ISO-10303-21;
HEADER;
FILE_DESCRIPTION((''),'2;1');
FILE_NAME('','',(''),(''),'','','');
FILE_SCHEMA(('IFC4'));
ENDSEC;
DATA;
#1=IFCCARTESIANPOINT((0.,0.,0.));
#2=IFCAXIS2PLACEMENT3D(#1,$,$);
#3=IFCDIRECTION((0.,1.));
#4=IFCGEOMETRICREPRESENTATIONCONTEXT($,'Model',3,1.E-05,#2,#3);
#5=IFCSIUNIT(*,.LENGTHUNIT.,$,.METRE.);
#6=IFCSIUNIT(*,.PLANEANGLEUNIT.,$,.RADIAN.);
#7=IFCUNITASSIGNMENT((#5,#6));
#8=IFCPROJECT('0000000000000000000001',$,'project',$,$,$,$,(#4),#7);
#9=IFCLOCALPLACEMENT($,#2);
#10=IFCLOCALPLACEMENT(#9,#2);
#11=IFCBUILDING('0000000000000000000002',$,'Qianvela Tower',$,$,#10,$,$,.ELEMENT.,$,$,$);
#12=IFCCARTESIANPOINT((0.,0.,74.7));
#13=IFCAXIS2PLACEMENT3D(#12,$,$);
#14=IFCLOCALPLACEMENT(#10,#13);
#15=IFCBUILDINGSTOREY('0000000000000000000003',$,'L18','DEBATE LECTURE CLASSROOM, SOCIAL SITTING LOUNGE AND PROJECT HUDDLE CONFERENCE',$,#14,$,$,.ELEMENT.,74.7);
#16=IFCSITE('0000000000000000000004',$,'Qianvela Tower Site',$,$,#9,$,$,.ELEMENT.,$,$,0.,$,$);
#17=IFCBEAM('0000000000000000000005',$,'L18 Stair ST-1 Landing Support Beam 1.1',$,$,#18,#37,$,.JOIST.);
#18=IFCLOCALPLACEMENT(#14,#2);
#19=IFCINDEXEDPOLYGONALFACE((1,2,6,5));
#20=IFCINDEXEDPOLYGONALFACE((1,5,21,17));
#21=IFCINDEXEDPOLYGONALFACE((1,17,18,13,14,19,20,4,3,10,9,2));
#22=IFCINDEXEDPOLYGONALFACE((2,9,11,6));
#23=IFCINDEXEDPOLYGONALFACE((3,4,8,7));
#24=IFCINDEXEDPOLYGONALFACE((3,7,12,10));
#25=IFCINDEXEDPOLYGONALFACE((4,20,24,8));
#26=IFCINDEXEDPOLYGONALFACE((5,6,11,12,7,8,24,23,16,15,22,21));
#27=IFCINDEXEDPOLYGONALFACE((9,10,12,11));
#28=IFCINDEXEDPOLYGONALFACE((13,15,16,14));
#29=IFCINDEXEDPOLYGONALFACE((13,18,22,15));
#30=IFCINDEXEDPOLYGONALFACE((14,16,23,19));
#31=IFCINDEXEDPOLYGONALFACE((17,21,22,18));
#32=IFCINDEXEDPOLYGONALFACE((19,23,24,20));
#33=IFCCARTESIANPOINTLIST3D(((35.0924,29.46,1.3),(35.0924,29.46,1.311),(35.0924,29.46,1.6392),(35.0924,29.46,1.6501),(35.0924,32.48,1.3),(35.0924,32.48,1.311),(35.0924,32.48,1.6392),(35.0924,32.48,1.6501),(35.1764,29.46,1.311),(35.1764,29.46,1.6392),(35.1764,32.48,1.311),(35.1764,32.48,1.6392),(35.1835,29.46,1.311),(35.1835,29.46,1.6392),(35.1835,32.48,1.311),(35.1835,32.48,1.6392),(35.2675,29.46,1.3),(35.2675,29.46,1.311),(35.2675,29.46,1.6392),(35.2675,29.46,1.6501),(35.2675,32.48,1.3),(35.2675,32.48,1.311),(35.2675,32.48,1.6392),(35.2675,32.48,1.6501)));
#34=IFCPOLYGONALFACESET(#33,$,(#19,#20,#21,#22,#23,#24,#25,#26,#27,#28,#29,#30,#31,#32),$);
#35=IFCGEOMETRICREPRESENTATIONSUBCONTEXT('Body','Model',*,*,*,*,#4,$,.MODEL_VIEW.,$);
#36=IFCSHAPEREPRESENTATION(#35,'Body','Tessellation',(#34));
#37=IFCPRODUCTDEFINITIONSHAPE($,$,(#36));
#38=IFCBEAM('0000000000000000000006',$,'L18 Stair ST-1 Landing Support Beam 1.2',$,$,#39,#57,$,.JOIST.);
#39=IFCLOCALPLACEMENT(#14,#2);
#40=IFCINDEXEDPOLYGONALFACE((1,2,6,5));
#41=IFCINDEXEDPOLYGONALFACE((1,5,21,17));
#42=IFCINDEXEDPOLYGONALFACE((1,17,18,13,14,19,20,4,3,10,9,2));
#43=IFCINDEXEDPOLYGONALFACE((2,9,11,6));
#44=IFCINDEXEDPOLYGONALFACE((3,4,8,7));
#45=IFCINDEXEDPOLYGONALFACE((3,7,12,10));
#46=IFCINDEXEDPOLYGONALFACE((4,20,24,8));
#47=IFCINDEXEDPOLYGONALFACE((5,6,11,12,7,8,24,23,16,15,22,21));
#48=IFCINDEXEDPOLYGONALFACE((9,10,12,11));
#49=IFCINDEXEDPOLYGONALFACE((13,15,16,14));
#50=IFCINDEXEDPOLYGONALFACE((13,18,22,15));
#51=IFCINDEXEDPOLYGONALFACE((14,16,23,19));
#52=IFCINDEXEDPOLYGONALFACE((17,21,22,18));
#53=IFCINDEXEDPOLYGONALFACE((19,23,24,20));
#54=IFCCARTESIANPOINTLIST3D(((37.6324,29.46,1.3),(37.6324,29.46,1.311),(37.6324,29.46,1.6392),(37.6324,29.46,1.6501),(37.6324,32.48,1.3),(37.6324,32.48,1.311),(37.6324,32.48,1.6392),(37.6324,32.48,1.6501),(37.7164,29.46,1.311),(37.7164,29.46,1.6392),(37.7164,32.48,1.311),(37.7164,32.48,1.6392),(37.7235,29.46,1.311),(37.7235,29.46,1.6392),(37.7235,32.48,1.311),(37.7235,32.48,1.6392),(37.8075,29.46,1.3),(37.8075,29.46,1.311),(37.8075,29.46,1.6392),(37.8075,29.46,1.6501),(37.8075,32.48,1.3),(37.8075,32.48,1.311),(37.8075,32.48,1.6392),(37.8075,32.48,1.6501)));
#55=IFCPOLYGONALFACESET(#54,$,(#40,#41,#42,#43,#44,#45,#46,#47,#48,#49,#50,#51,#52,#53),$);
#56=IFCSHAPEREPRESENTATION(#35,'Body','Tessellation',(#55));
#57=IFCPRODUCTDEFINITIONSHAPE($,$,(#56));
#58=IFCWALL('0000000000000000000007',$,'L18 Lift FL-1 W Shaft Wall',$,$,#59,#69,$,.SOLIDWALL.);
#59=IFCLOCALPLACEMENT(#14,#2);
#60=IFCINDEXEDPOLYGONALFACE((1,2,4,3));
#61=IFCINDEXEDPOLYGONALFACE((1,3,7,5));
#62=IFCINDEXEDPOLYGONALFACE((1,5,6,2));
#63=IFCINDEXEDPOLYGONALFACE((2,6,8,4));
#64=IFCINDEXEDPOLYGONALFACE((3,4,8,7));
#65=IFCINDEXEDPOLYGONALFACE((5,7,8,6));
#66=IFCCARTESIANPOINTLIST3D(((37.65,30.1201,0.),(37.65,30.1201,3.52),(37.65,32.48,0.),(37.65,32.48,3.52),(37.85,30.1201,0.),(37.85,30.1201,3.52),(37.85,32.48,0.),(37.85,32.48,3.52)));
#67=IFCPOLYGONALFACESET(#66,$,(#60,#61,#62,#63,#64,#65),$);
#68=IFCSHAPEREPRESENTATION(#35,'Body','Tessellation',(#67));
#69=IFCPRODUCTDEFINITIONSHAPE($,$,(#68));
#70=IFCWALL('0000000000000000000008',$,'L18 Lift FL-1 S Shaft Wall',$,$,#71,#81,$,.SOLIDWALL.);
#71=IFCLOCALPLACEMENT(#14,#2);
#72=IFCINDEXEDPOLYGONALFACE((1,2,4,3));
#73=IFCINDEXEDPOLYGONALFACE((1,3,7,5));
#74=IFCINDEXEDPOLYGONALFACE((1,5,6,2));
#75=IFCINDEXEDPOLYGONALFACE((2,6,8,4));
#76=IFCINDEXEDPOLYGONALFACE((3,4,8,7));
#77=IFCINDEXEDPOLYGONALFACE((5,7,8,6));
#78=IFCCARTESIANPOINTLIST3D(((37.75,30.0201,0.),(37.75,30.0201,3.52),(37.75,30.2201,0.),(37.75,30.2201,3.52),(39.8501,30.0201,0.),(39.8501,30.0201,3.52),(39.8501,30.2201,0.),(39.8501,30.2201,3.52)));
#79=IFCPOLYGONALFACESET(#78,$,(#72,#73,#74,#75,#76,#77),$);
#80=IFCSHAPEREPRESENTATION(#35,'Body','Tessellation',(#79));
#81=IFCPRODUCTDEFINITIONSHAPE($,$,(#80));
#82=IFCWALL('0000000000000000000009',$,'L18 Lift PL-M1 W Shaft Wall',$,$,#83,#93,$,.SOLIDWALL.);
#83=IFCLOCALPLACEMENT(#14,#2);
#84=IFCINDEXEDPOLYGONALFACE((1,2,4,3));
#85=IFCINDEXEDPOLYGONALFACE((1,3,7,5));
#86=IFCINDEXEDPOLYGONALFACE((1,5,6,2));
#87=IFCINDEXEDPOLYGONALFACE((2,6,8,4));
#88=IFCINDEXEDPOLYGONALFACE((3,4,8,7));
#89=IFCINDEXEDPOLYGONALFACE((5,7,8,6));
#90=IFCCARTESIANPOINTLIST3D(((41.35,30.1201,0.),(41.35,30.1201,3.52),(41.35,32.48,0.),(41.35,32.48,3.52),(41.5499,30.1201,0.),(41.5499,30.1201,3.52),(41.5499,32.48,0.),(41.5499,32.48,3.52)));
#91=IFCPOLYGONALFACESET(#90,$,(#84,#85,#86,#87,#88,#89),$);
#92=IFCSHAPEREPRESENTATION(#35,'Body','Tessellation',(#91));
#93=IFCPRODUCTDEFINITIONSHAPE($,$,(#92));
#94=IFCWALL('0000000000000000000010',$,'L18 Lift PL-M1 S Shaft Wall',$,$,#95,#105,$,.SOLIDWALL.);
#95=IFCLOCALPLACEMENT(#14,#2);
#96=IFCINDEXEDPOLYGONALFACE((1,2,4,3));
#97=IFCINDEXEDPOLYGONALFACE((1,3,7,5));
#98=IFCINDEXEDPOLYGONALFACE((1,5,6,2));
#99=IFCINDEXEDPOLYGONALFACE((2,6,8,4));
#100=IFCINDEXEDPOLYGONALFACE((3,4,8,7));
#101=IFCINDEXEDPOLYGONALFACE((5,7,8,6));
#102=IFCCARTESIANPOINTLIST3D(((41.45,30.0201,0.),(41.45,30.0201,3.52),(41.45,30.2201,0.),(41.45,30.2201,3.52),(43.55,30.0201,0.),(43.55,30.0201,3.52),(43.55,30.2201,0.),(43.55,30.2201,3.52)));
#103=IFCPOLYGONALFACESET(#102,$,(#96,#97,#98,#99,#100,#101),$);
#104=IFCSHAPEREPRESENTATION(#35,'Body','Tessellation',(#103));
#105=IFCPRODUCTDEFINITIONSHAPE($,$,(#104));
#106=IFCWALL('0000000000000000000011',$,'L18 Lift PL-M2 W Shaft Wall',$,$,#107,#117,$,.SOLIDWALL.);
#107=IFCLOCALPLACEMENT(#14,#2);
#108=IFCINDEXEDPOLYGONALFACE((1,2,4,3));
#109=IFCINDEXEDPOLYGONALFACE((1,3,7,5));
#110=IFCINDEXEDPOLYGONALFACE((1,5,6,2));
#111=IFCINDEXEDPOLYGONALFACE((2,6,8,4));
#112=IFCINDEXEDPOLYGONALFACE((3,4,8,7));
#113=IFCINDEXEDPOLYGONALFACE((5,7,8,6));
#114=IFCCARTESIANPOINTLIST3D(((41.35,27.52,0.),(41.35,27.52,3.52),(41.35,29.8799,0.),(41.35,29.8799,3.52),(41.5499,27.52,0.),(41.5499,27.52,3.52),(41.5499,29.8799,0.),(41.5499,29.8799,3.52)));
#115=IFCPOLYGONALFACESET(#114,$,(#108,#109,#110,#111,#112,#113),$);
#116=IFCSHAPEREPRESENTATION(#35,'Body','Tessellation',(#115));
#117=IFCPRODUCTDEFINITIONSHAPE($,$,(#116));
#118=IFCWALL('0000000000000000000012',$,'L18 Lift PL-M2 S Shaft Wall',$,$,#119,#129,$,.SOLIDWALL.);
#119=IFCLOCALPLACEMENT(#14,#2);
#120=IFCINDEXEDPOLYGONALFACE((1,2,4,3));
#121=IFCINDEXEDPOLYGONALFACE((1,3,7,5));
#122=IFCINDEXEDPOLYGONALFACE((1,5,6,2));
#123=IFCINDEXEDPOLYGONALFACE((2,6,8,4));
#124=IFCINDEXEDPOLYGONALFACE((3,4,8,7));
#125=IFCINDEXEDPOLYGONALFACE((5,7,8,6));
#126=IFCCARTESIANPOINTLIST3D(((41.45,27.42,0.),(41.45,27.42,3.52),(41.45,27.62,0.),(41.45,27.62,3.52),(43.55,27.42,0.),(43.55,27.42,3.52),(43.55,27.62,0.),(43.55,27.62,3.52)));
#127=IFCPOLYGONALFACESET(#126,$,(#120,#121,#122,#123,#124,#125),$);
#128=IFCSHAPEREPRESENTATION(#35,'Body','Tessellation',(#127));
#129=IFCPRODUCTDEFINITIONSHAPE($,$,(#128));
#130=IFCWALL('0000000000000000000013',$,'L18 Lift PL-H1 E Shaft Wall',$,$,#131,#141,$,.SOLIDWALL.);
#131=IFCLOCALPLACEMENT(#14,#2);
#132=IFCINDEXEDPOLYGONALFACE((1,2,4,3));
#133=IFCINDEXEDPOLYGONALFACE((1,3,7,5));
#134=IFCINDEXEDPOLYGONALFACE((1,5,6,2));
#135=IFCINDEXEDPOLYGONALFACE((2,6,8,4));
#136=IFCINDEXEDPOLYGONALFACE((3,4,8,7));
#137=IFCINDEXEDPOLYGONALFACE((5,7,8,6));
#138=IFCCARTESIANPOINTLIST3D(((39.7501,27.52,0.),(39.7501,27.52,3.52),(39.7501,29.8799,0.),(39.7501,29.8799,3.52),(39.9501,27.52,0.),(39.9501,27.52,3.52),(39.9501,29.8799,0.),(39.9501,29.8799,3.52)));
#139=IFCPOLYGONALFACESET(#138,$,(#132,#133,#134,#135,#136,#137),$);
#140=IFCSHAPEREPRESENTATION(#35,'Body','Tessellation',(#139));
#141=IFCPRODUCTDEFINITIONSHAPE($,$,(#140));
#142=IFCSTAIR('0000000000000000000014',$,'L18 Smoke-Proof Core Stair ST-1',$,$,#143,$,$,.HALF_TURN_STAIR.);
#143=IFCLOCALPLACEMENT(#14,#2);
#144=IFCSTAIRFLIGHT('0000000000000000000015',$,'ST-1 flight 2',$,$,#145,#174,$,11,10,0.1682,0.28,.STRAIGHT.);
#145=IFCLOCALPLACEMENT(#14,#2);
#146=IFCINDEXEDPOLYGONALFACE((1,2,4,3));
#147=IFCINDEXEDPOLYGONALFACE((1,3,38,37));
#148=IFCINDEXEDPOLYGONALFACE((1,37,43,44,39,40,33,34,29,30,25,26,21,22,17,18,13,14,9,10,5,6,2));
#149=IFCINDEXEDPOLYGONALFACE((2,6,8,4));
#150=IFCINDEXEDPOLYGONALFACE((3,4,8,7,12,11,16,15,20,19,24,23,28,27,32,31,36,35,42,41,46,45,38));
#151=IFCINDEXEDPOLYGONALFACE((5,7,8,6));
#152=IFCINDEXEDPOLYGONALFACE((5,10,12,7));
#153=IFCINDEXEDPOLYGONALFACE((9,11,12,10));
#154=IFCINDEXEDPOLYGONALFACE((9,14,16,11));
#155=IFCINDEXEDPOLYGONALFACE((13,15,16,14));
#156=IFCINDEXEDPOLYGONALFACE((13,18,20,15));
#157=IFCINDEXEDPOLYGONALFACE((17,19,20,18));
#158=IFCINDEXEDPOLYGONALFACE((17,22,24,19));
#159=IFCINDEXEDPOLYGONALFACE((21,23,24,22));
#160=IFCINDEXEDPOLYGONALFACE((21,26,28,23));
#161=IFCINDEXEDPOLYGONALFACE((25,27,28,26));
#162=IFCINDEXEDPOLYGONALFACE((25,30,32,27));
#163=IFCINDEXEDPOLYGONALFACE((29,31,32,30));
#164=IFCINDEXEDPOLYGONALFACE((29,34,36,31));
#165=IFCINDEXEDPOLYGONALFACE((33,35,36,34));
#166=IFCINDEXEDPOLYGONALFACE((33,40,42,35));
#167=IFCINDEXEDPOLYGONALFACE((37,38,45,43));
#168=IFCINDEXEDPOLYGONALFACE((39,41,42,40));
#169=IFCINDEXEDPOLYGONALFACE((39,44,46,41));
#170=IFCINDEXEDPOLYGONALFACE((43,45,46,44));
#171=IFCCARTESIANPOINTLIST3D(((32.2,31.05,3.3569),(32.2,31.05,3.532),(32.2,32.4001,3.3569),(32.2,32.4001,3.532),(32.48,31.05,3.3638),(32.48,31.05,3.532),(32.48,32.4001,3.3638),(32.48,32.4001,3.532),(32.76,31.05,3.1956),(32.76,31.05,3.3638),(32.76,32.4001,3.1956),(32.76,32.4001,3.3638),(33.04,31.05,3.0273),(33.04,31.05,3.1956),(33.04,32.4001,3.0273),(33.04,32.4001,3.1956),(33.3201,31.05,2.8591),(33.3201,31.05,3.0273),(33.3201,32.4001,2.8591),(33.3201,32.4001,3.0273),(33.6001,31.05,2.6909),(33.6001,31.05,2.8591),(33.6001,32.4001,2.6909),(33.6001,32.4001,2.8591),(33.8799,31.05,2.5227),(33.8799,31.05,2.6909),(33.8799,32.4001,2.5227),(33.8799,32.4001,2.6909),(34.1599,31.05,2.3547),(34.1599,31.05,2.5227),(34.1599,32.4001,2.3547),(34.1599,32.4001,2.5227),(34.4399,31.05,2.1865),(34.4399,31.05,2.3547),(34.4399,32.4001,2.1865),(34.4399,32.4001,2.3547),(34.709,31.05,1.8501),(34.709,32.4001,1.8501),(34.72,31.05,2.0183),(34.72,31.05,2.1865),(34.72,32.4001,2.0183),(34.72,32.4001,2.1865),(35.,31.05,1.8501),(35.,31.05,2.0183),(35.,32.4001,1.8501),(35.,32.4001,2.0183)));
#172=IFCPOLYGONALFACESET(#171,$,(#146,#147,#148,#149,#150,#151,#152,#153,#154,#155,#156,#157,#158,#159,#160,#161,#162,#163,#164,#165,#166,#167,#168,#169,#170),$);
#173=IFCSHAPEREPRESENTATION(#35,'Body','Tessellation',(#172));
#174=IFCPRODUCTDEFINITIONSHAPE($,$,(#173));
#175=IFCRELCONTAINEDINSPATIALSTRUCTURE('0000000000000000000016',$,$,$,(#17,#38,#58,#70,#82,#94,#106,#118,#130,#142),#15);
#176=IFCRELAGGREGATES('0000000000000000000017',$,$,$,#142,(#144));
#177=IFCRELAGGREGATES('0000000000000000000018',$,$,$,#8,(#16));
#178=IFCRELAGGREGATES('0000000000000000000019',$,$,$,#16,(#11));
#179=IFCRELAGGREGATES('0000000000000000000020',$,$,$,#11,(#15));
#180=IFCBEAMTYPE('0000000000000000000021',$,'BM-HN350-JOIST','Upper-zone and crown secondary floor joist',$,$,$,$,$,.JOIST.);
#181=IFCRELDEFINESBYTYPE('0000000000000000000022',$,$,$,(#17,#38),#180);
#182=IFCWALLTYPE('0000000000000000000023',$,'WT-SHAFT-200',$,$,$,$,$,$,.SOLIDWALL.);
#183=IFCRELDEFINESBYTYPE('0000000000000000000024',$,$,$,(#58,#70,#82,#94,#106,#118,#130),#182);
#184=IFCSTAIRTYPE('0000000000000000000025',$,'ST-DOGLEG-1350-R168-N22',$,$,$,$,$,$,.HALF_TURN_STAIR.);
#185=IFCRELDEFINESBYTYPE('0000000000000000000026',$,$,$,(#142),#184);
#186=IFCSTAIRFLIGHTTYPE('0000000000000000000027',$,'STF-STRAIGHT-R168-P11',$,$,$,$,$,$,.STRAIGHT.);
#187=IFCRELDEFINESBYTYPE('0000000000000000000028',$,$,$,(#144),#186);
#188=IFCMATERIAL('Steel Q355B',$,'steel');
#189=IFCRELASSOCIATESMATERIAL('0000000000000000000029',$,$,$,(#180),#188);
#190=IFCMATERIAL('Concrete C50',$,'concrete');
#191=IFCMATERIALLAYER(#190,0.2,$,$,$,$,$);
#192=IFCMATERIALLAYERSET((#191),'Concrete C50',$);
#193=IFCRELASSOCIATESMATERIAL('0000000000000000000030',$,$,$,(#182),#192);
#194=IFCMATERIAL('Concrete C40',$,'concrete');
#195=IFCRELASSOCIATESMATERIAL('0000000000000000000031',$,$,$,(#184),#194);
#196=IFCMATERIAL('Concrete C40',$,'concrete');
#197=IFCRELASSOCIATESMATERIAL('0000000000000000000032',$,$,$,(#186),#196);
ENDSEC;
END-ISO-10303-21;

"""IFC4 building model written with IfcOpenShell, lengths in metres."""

from ifc_helpers import new_model, si_unit, direction, frame, frame_2d, origin, origin_2d, place, context, subcontext, project, spatial, polyline, rectangle, i_section, outline, extrude, material, layer, layer_set, material_profile, profile_set, type_object, element, aggregate, save


model = new_model("IFC4")

# Units and contexts
model_context = context("Model", 3, precision=1e-05, world=origin(), true_north=direction((0.0, 1.0)))
body_context = subcontext(model_context, "Body", "Model", "MODEL_VIEW")
ifc_project = project(units=[si_unit("LENGTHUNIT", "METRE"), si_unit("PLANEANGLEUNIT", "RADIAN")], contexts=[model_context])

# Site, building, storey
site_placement = place(None, origin())
site = spatial("IfcSite", under=ifc_project, at=site_placement, Name="Qianvela Tower Site", CompositionType="ELEMENT", RefElevation=0.0)
building_placement = place(site_placement, origin())
building = spatial("IfcBuilding", under=site, at=building_placement, Name="Qianvela Tower", CompositionType="ELEMENT")
storey_placement = place(building_placement, frame((0.0, 0.0, 74.7)))
storey = spatial("IfcBuildingStorey", under=building, at=storey_placement, Name="L18", Description="DEBATE LECTURE CLASSROOM, SOCIAL SITTING LOUNGE AND PROJECT HUDDLE CONFERENCE", CompositionType="ELEMENT", Elevation=74.7)

# Beams
ifc_material_1 = material(Name="Steel Q355B", Category="steel")
ifc_material_profile = material_profile(ifc_material_1, i_section(OverallWidth=0.175, OverallDepth=0.3501, WebThickness=0.0071, FlangeThickness=0.011, at=origin_2d()), Name="HN350x175x7x11")
ifc_profile_set = profile_set([ifc_material_profile], Name="Steel Q355B")
beam_type = type_object("IfcBeamType", Name="BM-HN350-JOIST", Description="Upper-zone and crown secondary floor joist", PredefinedType="JOIST", material=ifc_profile_set)
for number, where, z_axis, x_axis, name in (
    (1, (35.1799, 29.46, 1.4751), (0.0, 1.0, 0.0), (-1.0, 0.0, 0.0), "L18 Stair ST-1 Landing Support Beam 1.1"),
    (2, (37.72, 29.46, 1.4751), (0.0, 1.0, 0.0), (-1.0, 0.0, 0.0), "L18 Stair ST-1 Landing Support Beam 1.2"),
):
    element("IfcBeam", number, at=place(storey_placement, frame(where, z_axis=z_axis, x_axis=x_axis)), inside=storey, type_object=beam_type, Name=name, PredefinedType="JOIST", context=body_context, shape_type="SweptSolid", body=[
        extrude(i_section(OverallWidth=0.175, OverallDepth=0.3501, WebThickness=0.0071, FlangeThickness=0.011, at=origin_2d()), origin(), (0.0, 0.0, 1.0), 3.02),
    ])

# Shared definitions
ifc_material_2 = material(Name="Concrete C50", Category="concrete")
ifc_layer = layer(ifc_material_2, 0.2)
ifc_layer_set = layer_set([ifc_layer], Name="Concrete C50")
wall_type = type_object("IfcWallType", Name="WT-SHAFT-200", PredefinedType="SOLIDWALL", material=ifc_layer_set)

# Walls
wall_1_placement = place(storey_placement, frame((37.75, 30.1201, 0.0), z_axis=(0.0, 0.0, 1.0), x_axis=(0.0, 1.0, 0.0)))
element("IfcWall", 3, at=wall_1_placement, inside=storey, type_object=wall_type, Name="L18 Lift FL-1 W Shaft Wall", PredefinedType="SOLIDWALL", context=body_context, shape_type="SweptSolid", body=[
    extrude(rectangle(XDim=2.3599, YDim=0.2, at=frame_2d((1.1799, 0.0))), origin(), (0.0, 0.0, 1.0), 3.52),
])
wall_2_placement = place(storey_placement, frame((37.75, 30.1201, 0.0), z_axis=(0.0, 0.0, 1.0), x_axis=(1.0, 0.0, 0.0)))
element("IfcWall", 4, at=wall_2_placement, inside=storey, type_object=wall_type, Name="L18 Lift FL-1 S Shaft Wall", PredefinedType="SOLIDWALL", context=body_context, shape_type="SweptSolid", body=[
    extrude(rectangle(XDim=2.1001, YDim=0.2, at=frame_2d((1.05, 0.0))), origin(), (0.0, 0.0, 1.0), 3.52),
])
wall_3_placement = place(storey_placement, frame((41.45, 30.1201, 0.0), z_axis=(0.0, 0.0, 1.0), x_axis=(0.0, 1.0, 0.0)))
element("IfcWall", 5, at=wall_3_placement, inside=storey, type_object=wall_type, Name="L18 Lift PL-M1 W Shaft Wall", PredefinedType="SOLIDWALL", context=body_context, shape_type="SweptSolid", body=[
    extrude(rectangle(XDim=2.3599, YDim=0.2, at=frame_2d((1.1799, 0.0))), origin(), (0.0, 0.0, 1.0), 3.52),
])
wall_4_placement = place(storey_placement, frame((41.45, 30.1201, 0.0), z_axis=(0.0, 0.0, 1.0), x_axis=(1.0, 0.0, 0.0)))
element("IfcWall", 6, at=wall_4_placement, inside=storey, type_object=wall_type, Name="L18 Lift PL-M1 S Shaft Wall", PredefinedType="SOLIDWALL", context=body_context, shape_type="SweptSolid", body=[
    extrude(rectangle(XDim=2.1001, YDim=0.2, at=frame_2d((1.05, 0.0))), origin(), (0.0, 0.0, 1.0), 3.52),
])
wall_5_placement = place(storey_placement, frame((41.45, 27.52, 0.0), z_axis=(0.0, 0.0, 1.0), x_axis=(0.0, 1.0, 0.0)))
element("IfcWall", 7, at=wall_5_placement, inside=storey, type_object=wall_type, Name="L18 Lift PL-M2 W Shaft Wall", PredefinedType="SOLIDWALL", context=body_context, shape_type="SweptSolid", body=[
    extrude(rectangle(XDim=2.3599, YDim=0.2, at=frame_2d((1.1799, 0.0))), origin(), (0.0, 0.0, 1.0), 3.52),
])
wall_6_placement = place(storey_placement, frame((41.45, 27.52, 0.0), z_axis=(0.0, 0.0, 1.0), x_axis=(1.0, 0.0, 0.0)))
element("IfcWall", 8, at=wall_6_placement, inside=storey, type_object=wall_type, Name="L18 Lift PL-M2 S Shaft Wall", PredefinedType="SOLIDWALL", context=body_context, shape_type="SweptSolid", body=[
    extrude(rectangle(XDim=2.1001, YDim=0.2, at=frame_2d((1.05, 0.0))), origin(), (0.0, 0.0, 1.0), 3.52),
])
wall_7_placement = place(storey_placement, frame((39.8501, 27.52, 0.0), z_axis=(0.0, 0.0, 1.0), x_axis=(0.0, 1.0, 0.0)))
element("IfcWall", 9, at=wall_7_placement, inside=storey, type_object=wall_type, Name="L18 Lift PL-H1 E Shaft Wall", PredefinedType="SOLIDWALL", context=body_context, shape_type="SweptSolid", body=[
    extrude(rectangle(XDim=2.3599, YDim=0.2, at=frame_2d((1.1799, 0.0))), origin(), (0.0, 0.0, 1.0), 3.52),
])

# Stair, stair flight
ifc_material_3 = material(Name="Concrete C40", Category="concrete")
stair_type = type_object("IfcStairType", Name="ST-DOGLEG-1350-R168-N22", PredefinedType="HALF_TURN_STAIR", material=ifc_material_3)
stair_placement = place(storey_placement, origin())
stair = element("IfcStair", 10, at=stair_placement, inside=storey, type_object=stair_type, Name="L18 Smoke-Proof Core Stair ST-1", PredefinedType="HALF_TURN_STAIR")
ifc_material_4 = material(Name="Concrete C40", Category="concrete")
stair_flight_type = type_object("IfcStairFlightType", Name="STF-STRAIGHT-R168-P11", PredefinedType="STRAIGHT", material=ifc_material_4)
stair_flight_placement = place(storey_placement, frame((35.0, 31.7251, 1.8501), z_axis=(0.0, 0.0, 1.0), x_axis=(-1.0, 0.0, 0.0)))
stair_flight = element("IfcStairFlight", 11, at=stair_flight_placement, type_object=stair_flight_type, Name="ST-1 flight 2", NumberOfRisers=11, NumberOfTreads=10, PredefinedType="STRAIGHT", RiserHeight=0.1682, TreadLength=0.28, context=body_context, shape_type="SweptSolid", body=[
    extrude(outline(polyline([(0.0, 0.0), (0.0, 0.1682), (0.28, 0.1682), (0.28, 0.3364), (0.5601, 0.3364), (0.5601, 0.5046), (0.8401, 0.5046), (0.8401, 0.6726), (1.1201, 0.6726), (1.1201, 0.8408), (1.3999, 0.8408), (1.3999, 1.009), (1.6799, 1.009), (1.6799, 1.1772), (1.96, 1.1772), (1.96, 1.3455), (2.24, 1.3455), (2.24, 1.5137), (2.52, 1.5137), (2.52, 1.6819), (2.8, 1.6819), (2.8, 1.8501), (2.8, 1.5068), (0.291, 0.0), (0.0, 0.0)])), frame((0.0, 0.675, 0.0), z_axis=(0.0, -1.0, 0.0), x_axis=(1.0, 0.0, 0.0)), (0.0, 0.0, 1.0), 1.3501),
])
aggregate(stair, [stair_flight])

save(model, "model.ifc")
